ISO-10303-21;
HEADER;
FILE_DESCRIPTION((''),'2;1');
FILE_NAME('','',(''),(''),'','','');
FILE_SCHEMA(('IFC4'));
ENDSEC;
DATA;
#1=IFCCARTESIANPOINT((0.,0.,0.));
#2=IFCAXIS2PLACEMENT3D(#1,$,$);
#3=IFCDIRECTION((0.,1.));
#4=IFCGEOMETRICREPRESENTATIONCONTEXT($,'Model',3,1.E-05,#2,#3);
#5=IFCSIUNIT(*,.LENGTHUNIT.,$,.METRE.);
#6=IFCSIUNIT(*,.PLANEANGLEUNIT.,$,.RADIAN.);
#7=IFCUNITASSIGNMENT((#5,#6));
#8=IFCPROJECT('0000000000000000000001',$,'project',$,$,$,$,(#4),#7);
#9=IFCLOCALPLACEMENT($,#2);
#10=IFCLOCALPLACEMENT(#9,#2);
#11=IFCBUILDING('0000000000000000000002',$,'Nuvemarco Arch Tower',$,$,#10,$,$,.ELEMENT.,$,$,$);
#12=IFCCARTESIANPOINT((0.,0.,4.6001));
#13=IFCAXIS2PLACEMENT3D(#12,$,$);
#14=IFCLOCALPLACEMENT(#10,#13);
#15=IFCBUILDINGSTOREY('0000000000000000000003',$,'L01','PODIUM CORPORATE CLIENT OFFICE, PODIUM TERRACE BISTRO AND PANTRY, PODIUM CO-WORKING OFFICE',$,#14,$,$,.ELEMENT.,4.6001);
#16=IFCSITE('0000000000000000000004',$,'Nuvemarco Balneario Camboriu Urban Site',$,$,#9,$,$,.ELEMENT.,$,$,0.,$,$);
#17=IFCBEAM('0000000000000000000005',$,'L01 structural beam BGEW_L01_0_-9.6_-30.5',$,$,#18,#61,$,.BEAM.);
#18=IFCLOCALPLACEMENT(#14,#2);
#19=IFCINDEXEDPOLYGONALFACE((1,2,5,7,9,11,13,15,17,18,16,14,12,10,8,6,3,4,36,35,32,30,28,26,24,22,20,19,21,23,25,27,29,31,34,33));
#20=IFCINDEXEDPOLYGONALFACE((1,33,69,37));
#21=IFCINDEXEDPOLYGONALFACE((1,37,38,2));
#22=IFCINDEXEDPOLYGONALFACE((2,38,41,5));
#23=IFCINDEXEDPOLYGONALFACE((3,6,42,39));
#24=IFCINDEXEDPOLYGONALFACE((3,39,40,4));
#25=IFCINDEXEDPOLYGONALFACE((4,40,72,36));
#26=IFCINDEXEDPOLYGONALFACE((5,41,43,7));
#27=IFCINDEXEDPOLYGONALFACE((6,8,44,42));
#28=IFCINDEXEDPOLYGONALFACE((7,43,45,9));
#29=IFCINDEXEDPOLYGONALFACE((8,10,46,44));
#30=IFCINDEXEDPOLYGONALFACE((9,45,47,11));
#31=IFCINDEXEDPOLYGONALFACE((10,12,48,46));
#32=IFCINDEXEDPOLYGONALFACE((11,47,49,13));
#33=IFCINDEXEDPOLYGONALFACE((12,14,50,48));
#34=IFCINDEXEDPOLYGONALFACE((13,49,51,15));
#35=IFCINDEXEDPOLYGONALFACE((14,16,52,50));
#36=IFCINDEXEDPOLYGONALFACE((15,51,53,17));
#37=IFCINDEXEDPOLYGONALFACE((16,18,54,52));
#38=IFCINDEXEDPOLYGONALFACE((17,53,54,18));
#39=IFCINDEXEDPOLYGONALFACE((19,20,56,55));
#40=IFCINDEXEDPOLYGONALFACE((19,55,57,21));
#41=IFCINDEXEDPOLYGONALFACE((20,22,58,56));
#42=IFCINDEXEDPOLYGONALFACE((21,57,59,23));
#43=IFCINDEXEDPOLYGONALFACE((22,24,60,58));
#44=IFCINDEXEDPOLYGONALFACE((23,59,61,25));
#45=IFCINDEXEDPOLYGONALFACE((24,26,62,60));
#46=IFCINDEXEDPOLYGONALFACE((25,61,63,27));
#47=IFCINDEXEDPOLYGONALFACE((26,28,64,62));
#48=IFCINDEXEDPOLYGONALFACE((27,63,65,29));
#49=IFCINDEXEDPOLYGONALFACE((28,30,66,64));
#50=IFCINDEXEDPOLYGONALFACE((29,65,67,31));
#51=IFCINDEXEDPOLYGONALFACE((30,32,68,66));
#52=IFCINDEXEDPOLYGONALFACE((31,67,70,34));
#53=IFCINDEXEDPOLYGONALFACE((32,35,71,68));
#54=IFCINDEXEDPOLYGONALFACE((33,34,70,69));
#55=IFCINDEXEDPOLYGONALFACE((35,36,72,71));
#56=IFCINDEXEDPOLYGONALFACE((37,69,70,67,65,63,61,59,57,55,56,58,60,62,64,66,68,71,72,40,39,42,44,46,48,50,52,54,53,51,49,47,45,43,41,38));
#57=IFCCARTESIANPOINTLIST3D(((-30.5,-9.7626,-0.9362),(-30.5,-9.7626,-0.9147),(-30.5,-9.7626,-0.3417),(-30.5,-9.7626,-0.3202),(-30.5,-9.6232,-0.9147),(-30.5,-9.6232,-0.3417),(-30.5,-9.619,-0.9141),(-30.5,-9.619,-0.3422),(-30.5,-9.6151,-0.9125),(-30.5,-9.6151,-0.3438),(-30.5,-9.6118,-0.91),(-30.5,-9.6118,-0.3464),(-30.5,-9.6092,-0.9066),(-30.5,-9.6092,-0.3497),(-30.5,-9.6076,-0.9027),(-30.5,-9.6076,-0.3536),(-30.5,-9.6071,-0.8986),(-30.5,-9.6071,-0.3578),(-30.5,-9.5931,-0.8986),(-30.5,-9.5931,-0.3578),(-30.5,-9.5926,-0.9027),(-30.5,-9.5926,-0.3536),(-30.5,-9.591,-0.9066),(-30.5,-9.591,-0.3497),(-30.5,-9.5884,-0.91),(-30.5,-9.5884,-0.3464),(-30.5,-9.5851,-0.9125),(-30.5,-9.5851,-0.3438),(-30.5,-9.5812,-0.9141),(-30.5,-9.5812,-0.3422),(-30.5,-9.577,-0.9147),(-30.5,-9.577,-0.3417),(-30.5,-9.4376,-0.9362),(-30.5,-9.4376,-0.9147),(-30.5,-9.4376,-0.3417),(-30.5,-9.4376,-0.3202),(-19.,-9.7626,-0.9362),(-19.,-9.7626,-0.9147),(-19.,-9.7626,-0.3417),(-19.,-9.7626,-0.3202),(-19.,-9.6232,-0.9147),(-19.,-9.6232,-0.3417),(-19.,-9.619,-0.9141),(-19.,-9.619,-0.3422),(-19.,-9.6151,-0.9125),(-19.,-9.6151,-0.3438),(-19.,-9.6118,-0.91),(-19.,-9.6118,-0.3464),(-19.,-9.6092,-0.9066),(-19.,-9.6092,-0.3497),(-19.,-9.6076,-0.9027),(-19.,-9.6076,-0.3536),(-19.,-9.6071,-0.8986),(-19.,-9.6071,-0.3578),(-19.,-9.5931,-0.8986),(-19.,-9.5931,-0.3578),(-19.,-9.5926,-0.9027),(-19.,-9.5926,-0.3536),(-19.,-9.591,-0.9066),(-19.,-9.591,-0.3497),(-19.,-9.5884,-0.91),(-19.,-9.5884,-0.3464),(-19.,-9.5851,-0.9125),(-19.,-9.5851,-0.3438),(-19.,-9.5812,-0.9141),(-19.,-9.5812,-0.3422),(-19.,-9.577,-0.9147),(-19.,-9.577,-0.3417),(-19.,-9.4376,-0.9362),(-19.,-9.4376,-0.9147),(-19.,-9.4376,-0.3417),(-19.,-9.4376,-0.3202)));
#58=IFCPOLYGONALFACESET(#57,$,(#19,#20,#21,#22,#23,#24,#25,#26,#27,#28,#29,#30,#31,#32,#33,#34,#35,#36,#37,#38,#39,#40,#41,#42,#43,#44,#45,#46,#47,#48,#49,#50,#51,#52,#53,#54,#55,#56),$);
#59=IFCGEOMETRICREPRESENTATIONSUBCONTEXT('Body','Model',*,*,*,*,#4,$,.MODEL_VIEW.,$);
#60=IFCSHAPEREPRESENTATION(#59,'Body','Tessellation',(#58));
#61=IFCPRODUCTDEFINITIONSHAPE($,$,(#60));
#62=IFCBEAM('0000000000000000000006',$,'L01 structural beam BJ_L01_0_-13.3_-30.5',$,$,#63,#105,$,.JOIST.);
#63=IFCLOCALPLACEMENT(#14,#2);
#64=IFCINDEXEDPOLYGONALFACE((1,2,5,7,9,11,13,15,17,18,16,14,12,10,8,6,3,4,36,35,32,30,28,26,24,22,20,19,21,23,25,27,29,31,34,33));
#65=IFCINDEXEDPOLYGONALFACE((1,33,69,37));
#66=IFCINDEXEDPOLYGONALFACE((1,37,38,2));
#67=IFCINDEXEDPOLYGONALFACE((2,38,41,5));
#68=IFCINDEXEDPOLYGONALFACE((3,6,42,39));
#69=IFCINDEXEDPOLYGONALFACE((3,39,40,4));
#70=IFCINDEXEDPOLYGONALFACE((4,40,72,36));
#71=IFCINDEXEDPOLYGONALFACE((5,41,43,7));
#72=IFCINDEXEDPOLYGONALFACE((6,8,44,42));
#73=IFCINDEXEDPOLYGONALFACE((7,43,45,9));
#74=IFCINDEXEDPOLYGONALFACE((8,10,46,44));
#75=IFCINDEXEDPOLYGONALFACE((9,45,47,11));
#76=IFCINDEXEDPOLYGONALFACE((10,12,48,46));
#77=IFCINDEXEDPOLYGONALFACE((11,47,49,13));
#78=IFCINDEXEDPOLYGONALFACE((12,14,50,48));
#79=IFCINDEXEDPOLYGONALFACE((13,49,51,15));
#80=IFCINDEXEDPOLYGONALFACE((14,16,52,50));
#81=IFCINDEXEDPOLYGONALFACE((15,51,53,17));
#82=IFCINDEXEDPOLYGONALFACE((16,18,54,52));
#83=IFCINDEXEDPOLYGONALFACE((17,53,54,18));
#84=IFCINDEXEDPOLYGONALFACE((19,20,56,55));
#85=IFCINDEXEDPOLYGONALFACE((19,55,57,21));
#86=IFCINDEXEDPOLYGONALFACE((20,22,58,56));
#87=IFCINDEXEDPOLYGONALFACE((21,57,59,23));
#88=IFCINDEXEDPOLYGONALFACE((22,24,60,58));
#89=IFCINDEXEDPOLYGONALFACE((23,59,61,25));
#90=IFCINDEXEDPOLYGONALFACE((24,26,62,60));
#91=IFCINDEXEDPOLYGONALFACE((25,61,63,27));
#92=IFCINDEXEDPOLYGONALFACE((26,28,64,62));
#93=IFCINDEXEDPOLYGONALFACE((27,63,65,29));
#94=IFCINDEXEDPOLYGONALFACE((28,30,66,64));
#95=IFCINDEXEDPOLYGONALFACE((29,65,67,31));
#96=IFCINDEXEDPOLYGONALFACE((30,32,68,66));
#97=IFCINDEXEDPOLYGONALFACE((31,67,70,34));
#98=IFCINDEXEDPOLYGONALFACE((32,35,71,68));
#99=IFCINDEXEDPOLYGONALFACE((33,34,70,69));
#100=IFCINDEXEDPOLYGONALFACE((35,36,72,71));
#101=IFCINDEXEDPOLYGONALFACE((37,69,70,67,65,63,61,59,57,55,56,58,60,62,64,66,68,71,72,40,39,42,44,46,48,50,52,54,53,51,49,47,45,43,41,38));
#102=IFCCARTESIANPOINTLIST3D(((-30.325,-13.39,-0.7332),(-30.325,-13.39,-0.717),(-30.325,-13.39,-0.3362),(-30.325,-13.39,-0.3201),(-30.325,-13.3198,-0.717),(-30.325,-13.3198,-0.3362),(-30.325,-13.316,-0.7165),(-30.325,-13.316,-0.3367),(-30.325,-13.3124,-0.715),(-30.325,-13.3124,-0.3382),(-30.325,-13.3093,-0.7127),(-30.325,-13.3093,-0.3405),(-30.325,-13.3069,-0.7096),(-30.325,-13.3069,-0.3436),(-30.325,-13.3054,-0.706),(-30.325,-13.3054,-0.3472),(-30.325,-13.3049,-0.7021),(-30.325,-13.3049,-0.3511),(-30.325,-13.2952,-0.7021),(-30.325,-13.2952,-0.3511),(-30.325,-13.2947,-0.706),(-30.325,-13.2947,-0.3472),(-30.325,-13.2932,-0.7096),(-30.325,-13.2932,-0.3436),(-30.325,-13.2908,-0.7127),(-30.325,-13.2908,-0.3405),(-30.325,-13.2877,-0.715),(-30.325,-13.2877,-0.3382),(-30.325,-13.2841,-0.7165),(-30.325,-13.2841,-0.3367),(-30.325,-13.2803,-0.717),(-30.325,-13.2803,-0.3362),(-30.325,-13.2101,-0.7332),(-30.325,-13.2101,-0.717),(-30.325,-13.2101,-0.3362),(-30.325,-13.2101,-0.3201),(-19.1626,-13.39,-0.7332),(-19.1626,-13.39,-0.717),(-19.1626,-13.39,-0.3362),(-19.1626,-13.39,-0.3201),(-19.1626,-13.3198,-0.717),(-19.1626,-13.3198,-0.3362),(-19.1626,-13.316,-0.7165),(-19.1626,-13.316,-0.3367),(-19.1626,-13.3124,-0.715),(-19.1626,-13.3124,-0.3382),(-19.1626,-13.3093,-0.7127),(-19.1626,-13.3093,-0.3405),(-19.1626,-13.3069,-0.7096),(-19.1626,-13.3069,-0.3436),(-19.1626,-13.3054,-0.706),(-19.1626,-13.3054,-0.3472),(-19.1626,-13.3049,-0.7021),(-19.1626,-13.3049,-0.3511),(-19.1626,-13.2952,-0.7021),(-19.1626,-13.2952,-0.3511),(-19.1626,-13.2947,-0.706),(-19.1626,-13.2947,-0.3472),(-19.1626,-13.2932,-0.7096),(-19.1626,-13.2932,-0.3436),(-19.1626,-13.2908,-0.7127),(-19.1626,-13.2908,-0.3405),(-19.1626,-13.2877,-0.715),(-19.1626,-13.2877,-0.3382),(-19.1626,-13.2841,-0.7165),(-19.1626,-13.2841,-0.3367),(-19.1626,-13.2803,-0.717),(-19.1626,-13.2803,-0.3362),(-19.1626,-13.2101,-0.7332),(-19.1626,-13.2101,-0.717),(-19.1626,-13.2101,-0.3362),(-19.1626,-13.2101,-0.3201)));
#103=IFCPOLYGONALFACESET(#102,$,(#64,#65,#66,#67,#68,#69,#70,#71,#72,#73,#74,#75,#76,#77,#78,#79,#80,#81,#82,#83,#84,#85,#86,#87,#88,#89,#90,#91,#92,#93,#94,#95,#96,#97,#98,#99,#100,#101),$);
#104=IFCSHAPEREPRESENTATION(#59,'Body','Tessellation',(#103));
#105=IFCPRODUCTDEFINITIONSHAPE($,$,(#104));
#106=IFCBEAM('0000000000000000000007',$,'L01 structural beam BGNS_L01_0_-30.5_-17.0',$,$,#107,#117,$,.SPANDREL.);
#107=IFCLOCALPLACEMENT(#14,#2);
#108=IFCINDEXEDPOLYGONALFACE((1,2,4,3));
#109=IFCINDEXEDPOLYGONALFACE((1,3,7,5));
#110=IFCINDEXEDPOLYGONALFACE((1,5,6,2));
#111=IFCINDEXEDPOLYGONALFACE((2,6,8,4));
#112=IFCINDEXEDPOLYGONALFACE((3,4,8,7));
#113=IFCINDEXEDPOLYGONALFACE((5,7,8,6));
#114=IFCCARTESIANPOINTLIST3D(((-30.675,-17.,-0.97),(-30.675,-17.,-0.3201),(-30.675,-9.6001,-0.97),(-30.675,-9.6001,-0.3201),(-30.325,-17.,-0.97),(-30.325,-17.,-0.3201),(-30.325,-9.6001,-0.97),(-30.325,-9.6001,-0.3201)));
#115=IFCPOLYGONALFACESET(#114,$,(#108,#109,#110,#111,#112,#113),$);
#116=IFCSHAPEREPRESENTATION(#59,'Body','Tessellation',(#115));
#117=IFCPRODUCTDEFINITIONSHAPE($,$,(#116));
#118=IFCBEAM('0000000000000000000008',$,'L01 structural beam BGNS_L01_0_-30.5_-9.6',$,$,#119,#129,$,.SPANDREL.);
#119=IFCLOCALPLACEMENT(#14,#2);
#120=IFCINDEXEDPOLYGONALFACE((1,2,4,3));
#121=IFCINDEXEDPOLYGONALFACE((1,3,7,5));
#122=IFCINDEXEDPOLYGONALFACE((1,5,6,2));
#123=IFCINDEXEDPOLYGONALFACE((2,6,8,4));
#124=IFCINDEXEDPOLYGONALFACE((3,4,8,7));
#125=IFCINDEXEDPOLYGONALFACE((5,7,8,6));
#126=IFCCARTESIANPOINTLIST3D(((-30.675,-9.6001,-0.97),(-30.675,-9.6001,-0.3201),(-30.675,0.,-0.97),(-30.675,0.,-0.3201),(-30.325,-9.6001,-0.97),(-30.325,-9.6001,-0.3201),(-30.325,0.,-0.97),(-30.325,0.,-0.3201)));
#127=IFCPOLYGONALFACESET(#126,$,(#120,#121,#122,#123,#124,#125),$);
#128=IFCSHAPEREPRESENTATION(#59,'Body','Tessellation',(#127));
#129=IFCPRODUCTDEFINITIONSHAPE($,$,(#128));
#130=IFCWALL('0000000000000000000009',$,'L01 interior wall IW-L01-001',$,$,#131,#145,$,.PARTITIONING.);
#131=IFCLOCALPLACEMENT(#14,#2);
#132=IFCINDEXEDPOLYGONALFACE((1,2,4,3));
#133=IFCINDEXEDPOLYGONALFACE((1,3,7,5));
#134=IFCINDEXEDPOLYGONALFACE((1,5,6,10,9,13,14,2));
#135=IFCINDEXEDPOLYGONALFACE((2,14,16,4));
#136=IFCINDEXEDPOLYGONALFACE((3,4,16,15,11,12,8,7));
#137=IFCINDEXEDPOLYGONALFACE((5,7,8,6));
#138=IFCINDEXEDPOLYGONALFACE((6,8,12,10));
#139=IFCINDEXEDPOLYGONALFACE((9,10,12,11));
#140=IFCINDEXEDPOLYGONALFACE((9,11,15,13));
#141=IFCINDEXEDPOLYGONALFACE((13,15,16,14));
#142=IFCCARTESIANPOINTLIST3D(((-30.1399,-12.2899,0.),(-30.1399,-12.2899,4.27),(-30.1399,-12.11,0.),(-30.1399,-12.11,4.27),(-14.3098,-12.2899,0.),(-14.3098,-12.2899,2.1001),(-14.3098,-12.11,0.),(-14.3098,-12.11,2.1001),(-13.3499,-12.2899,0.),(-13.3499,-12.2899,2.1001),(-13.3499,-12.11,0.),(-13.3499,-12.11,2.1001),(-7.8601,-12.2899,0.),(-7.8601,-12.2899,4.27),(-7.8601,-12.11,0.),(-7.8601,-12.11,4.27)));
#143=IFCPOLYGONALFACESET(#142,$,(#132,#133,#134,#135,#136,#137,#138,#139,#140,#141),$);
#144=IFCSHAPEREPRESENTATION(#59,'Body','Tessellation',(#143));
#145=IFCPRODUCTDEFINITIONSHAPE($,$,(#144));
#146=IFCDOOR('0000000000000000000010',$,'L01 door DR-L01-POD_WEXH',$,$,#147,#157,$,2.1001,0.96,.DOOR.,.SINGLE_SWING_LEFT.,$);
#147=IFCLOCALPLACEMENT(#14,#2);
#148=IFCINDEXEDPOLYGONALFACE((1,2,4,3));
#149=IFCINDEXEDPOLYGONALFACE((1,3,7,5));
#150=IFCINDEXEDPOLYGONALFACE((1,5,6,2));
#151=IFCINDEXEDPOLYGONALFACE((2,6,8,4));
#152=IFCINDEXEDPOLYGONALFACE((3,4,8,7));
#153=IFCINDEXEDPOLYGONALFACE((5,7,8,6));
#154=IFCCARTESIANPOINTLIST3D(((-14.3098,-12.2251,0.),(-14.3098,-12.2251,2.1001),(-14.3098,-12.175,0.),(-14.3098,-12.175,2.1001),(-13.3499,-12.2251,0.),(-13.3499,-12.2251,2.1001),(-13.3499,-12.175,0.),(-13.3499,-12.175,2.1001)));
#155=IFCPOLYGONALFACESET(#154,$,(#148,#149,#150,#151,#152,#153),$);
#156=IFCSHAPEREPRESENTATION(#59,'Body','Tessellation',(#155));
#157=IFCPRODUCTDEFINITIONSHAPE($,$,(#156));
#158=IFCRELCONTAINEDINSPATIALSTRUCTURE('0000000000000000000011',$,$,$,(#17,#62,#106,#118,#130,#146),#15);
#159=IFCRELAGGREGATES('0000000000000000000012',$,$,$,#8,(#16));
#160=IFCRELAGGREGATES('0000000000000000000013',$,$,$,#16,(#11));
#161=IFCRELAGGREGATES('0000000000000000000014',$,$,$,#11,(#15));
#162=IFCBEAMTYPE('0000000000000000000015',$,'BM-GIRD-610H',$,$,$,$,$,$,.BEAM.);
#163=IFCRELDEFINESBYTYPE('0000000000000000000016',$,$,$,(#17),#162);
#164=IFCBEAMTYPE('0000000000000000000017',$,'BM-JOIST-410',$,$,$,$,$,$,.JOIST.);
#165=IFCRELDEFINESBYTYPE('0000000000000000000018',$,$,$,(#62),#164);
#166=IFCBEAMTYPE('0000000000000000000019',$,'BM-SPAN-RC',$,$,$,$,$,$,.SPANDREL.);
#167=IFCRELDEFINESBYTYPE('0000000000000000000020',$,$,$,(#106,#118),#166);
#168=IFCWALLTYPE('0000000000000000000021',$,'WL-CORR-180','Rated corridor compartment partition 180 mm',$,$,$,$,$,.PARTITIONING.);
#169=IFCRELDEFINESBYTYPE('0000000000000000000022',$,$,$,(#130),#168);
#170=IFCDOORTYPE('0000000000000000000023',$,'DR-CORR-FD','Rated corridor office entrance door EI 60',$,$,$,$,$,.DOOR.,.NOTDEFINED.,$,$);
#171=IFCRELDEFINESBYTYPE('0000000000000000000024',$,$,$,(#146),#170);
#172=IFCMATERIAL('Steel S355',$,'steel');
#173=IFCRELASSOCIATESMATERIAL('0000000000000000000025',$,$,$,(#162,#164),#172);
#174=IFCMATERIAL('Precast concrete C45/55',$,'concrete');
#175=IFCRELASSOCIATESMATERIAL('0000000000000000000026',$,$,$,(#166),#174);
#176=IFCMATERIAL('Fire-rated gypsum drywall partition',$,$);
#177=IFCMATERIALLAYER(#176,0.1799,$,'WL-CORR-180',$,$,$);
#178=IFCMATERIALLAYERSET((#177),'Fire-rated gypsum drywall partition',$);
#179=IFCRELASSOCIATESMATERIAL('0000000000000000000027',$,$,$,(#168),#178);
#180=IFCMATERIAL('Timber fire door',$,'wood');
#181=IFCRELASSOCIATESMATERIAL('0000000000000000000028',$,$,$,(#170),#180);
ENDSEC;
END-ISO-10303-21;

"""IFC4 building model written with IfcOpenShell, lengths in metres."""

from ifc_helpers import new_model, si_unit, direction, frame, frame_2d, origin, origin_2d, place, context, subcontext, project, spatial, rectangle, i_section, extrude, source, transform, mapped, material, layer, layer_set, material_profile, profile_set, type_object, type_shapes, element, fill, save


model = new_model("IFC4")

# Units and contexts
model_context = context("Model", 3, precision=1e-05, world=origin(), true_north=direction((0.0, 1.0)))
body_context = subcontext(model_context, "Body", "Model", "MODEL_VIEW")
ifc_project = project(units=[si_unit("LENGTHUNIT", "METRE"), si_unit("PLANEANGLEUNIT", "RADIAN")], contexts=[model_context])

# Site, building, storey
site_placement = place(None, origin())
site = spatial("IfcSite", under=ifc_project, at=site_placement, Name="Nuvemarco Balneario Camboriu Urban Site", CompositionType="ELEMENT", RefElevation=0.0)
building_placement = place(site_placement, origin())
building = spatial("IfcBuilding", under=site, at=building_placement, Name="Nuvemarco Arch Tower", CompositionType="ELEMENT")
storey_placement = place(building_placement, frame((0.0, 0.0, 4.6001)))
storey = spatial("IfcBuildingStorey", under=building, at=storey_placement, Name="L01", Description="PODIUM CORPORATE CLIENT OFFICE, PODIUM TERRACE BISTRO AND PANTRY, PODIUM CO-WORKING OFFICE", CompositionType="ELEMENT", Elevation=4.6001)

# Beams
ifc_material_1 = material(Name="Steel S355", Category="steel")
ifc_material_profile_1 = material_profile(ifc_material_1, i_section(OverallWidth=0.325, OverallDepth=0.616, WebThickness=0.0139, FlangeThickness=0.0215, FilletRadius=0.0161, at=origin_2d()), Name="W610x174")
ifc_profile_set_1 = profile_set([ifc_material_profile_1], Name="Steel S355")
beam_type_1 = type_object("IfcBeamType", Name="BM-GIRD-610H", PredefinedType="BEAM", material=ifc_profile_set_1)
for number, where, z_axis, x_axis, name in (
    (1, (-30.5, -9.6001, -0.6282), (1.0, 0.0, 0.0), (0.0, 1.0, 0.0), "L01 structural beam BGEW_L01_0_-9.6_-30.5"),
):
    element("IfcBeam", number, at=place(storey_placement, frame(where, z_axis=z_axis, x_axis=x_axis)), inside=storey, type_object=beam_type_1, Name=name, PredefinedType="BEAM", context=body_context, shape_type="SweptSolid", body=[
        extrude(i_section(OverallWidth=0.325, OverallDepth=0.616, WebThickness=0.0139, FlangeThickness=0.0215, FilletRadius=0.0161, at=origin_2d()), origin(), (0.0, 0.0, 1.0), 11.5),
    ])
ifc_material_profile_2 = material_profile(ifc_material_1, i_section(OverallWidth=0.1799, OverallDepth=0.4131, WebThickness=0.0098, FlangeThickness=0.0161, FilletRadius=0.0149, at=origin_2d()), Name="W410x75")
ifc_profile_set_2 = profile_set([ifc_material_profile_2], Name="Steel S355")
beam_type_2 = type_object("IfcBeamType", Name="BM-JOIST-410", PredefinedType="JOIST", material=ifc_profile_set_2)
beam_1_placement = place(storey_placement, frame((-30.325, -13.3, -0.5266), z_axis=(1.0, 0.0, 0.0), x_axis=(0.0, 1.0, 0.0)))
element("IfcBeam", 2, at=beam_1_placement, inside=storey, type_object=beam_type_2, Name="L01 structural beam BJ_L01_0_-13.3_-30.5", PredefinedType="JOIST", context=body_context, shape_type="SweptSolid", body=[
    extrude(i_section(OverallWidth=0.1799, OverallDepth=0.4131, WebThickness=0.0098, FlangeThickness=0.0161, FilletRadius=0.0149, at=origin_2d()), origin(), (0.0, 0.0, 1.0), 11.1624),
])
ifc_material_2 = material(Name="Precast concrete C45/55", Category="concrete")
ifc_material_profile_3 = material_profile(ifc_material_2, rectangle(XDim=0.3501, YDim=0.6499, at=origin_2d()), Name="PC-SP-350x650")
ifc_profile_set_3 = profile_set([ifc_material_profile_3], Name="Precast concrete C45/55")
beam_type_3 = type_object("IfcBeamType", Name="BM-SPAN-RC", PredefinedType="SPANDREL", material=ifc_profile_set_3)
beam_2_placement = place(storey_placement, frame((-30.5, -17.0, -0.645), z_axis=(0.0, 1.0, 0.0), x_axis=(-1.0, 0.0, 0.0)))
element("IfcBeam", 3, at=beam_2_placement, inside=storey, type_object=beam_type_3, Name="L01 structural beam BGNS_L01_0_-30.5_-17.0", PredefinedType="SPANDREL", context=body_context, shape_type="SweptSolid", body=[
    extrude(rectangle(XDim=0.3501, YDim=0.6499, at=origin_2d()), origin(), (0.0, 0.0, 1.0), 7.3999),
])
beam_3_placement = place(storey_placement, frame((-30.5, -9.6001, -0.645), z_axis=(0.0, 1.0, 0.0), x_axis=(-1.0, 0.0, 0.0)))
element("IfcBeam", 4, at=beam_3_placement, inside=storey, type_object=beam_type_3, Name="L01 structural beam BGNS_L01_0_-30.5_-9.6", PredefinedType="SPANDREL", context=body_context, shape_type="SweptSolid", body=[
    extrude(rectangle(XDim=0.3501, YDim=0.6499, at=origin_2d()), origin(), (0.0, 0.0, 1.0), 9.6001),
])

# Wall, opening, door
ifc_material_3 = material(Name="Fire-rated gypsum drywall partition")
ifc_layer = layer(ifc_material_3, 0.1799, Name="WL-CORR-180")
ifc_layer_set = layer_set([ifc_layer], Name="Fire-rated gypsum drywall partition")
wall_type = type_object("IfcWallType", Name="WL-CORR-180", Description="Rated corridor compartment partition 180 mm", PredefinedType="PARTITIONING", material=ifc_layer_set)
wall_placement = place(storey_placement, frame((-30.1399, -12.2, 0.0), z_axis=(0.0, 0.0, 1.0), x_axis=(1.0, 0.0, 0.0)))
wall = element("IfcWall", 5, at=wall_placement, inside=storey, type_object=wall_type, Name="L01 interior wall IW-L01-001", PredefinedType="PARTITIONING", context=body_context, shape_type="SweptSolid", body=[
    extrude(rectangle(XDim=22.2798, YDim=0.1799, at=frame_2d((11.1399, 0.0))), origin(), (0.0, 0.0, 1.0), 4.27),
])
opening_placement = place(wall_placement, frame((15.8301, 0.0, 0.0)))
opening = element("IfcOpeningElement", 6, at=opening_placement, cuts=wall, PredefinedType="OPENING", context=body_context, shape_type="SweptSolid", body=[
    extrude(rectangle(XDim=0.96, YDim=2.1001, at=frame_2d((0.48, 1.05))), frame((0.0, 0.0999, 0.0), z_axis=(0.0, -1.0, 0.0), x_axis=(1.0, 0.0, 0.0)), (0.0, 0.0, 1.0), 0.2),
])
ifc_material_4 = material(Name="Timber fire door", Category="wood")
door_type = type_object("IfcDoorType", Name="DR-CORR-FD", Description="Rated corridor office entrance door EI 60", OperationType="NOTDEFINED", PredefinedType="DOOR", material=ifc_material_4)
shared_shape = source(origin(), body_context, "Body", "SweptSolid", [
    extrude(rectangle(XDim=0.96, YDim=2.1001, at=frame_2d((0.48, 1.05))), frame((0.0, 0.0249, 0.0), z_axis=(0.0, -1.0, 0.0), x_axis=(1.0, 0.0, 0.0)), (0.0, 0.0, 1.0), 0.05),
])
type_shapes(door_type, [shared_shape])
door_placement = place(opening_placement, origin())
door = element("IfcDoor", 7, at=door_placement, inside=storey, type_object=door_type, Name="L01 door DR-L01-POD_WEXH", OperationType="SINGLE_SWING_LEFT", OverallHeight=2.1001, OverallWidth=0.96, PredefinedType="DOOR", context=body_context, shape_type="MappedRepresentation", body=[
    mapped(shared_shape, transform((0.0, 0.0, 0.0), scale=1.0)),
])
fill(opening, door)

save(model, "model.ifc")
